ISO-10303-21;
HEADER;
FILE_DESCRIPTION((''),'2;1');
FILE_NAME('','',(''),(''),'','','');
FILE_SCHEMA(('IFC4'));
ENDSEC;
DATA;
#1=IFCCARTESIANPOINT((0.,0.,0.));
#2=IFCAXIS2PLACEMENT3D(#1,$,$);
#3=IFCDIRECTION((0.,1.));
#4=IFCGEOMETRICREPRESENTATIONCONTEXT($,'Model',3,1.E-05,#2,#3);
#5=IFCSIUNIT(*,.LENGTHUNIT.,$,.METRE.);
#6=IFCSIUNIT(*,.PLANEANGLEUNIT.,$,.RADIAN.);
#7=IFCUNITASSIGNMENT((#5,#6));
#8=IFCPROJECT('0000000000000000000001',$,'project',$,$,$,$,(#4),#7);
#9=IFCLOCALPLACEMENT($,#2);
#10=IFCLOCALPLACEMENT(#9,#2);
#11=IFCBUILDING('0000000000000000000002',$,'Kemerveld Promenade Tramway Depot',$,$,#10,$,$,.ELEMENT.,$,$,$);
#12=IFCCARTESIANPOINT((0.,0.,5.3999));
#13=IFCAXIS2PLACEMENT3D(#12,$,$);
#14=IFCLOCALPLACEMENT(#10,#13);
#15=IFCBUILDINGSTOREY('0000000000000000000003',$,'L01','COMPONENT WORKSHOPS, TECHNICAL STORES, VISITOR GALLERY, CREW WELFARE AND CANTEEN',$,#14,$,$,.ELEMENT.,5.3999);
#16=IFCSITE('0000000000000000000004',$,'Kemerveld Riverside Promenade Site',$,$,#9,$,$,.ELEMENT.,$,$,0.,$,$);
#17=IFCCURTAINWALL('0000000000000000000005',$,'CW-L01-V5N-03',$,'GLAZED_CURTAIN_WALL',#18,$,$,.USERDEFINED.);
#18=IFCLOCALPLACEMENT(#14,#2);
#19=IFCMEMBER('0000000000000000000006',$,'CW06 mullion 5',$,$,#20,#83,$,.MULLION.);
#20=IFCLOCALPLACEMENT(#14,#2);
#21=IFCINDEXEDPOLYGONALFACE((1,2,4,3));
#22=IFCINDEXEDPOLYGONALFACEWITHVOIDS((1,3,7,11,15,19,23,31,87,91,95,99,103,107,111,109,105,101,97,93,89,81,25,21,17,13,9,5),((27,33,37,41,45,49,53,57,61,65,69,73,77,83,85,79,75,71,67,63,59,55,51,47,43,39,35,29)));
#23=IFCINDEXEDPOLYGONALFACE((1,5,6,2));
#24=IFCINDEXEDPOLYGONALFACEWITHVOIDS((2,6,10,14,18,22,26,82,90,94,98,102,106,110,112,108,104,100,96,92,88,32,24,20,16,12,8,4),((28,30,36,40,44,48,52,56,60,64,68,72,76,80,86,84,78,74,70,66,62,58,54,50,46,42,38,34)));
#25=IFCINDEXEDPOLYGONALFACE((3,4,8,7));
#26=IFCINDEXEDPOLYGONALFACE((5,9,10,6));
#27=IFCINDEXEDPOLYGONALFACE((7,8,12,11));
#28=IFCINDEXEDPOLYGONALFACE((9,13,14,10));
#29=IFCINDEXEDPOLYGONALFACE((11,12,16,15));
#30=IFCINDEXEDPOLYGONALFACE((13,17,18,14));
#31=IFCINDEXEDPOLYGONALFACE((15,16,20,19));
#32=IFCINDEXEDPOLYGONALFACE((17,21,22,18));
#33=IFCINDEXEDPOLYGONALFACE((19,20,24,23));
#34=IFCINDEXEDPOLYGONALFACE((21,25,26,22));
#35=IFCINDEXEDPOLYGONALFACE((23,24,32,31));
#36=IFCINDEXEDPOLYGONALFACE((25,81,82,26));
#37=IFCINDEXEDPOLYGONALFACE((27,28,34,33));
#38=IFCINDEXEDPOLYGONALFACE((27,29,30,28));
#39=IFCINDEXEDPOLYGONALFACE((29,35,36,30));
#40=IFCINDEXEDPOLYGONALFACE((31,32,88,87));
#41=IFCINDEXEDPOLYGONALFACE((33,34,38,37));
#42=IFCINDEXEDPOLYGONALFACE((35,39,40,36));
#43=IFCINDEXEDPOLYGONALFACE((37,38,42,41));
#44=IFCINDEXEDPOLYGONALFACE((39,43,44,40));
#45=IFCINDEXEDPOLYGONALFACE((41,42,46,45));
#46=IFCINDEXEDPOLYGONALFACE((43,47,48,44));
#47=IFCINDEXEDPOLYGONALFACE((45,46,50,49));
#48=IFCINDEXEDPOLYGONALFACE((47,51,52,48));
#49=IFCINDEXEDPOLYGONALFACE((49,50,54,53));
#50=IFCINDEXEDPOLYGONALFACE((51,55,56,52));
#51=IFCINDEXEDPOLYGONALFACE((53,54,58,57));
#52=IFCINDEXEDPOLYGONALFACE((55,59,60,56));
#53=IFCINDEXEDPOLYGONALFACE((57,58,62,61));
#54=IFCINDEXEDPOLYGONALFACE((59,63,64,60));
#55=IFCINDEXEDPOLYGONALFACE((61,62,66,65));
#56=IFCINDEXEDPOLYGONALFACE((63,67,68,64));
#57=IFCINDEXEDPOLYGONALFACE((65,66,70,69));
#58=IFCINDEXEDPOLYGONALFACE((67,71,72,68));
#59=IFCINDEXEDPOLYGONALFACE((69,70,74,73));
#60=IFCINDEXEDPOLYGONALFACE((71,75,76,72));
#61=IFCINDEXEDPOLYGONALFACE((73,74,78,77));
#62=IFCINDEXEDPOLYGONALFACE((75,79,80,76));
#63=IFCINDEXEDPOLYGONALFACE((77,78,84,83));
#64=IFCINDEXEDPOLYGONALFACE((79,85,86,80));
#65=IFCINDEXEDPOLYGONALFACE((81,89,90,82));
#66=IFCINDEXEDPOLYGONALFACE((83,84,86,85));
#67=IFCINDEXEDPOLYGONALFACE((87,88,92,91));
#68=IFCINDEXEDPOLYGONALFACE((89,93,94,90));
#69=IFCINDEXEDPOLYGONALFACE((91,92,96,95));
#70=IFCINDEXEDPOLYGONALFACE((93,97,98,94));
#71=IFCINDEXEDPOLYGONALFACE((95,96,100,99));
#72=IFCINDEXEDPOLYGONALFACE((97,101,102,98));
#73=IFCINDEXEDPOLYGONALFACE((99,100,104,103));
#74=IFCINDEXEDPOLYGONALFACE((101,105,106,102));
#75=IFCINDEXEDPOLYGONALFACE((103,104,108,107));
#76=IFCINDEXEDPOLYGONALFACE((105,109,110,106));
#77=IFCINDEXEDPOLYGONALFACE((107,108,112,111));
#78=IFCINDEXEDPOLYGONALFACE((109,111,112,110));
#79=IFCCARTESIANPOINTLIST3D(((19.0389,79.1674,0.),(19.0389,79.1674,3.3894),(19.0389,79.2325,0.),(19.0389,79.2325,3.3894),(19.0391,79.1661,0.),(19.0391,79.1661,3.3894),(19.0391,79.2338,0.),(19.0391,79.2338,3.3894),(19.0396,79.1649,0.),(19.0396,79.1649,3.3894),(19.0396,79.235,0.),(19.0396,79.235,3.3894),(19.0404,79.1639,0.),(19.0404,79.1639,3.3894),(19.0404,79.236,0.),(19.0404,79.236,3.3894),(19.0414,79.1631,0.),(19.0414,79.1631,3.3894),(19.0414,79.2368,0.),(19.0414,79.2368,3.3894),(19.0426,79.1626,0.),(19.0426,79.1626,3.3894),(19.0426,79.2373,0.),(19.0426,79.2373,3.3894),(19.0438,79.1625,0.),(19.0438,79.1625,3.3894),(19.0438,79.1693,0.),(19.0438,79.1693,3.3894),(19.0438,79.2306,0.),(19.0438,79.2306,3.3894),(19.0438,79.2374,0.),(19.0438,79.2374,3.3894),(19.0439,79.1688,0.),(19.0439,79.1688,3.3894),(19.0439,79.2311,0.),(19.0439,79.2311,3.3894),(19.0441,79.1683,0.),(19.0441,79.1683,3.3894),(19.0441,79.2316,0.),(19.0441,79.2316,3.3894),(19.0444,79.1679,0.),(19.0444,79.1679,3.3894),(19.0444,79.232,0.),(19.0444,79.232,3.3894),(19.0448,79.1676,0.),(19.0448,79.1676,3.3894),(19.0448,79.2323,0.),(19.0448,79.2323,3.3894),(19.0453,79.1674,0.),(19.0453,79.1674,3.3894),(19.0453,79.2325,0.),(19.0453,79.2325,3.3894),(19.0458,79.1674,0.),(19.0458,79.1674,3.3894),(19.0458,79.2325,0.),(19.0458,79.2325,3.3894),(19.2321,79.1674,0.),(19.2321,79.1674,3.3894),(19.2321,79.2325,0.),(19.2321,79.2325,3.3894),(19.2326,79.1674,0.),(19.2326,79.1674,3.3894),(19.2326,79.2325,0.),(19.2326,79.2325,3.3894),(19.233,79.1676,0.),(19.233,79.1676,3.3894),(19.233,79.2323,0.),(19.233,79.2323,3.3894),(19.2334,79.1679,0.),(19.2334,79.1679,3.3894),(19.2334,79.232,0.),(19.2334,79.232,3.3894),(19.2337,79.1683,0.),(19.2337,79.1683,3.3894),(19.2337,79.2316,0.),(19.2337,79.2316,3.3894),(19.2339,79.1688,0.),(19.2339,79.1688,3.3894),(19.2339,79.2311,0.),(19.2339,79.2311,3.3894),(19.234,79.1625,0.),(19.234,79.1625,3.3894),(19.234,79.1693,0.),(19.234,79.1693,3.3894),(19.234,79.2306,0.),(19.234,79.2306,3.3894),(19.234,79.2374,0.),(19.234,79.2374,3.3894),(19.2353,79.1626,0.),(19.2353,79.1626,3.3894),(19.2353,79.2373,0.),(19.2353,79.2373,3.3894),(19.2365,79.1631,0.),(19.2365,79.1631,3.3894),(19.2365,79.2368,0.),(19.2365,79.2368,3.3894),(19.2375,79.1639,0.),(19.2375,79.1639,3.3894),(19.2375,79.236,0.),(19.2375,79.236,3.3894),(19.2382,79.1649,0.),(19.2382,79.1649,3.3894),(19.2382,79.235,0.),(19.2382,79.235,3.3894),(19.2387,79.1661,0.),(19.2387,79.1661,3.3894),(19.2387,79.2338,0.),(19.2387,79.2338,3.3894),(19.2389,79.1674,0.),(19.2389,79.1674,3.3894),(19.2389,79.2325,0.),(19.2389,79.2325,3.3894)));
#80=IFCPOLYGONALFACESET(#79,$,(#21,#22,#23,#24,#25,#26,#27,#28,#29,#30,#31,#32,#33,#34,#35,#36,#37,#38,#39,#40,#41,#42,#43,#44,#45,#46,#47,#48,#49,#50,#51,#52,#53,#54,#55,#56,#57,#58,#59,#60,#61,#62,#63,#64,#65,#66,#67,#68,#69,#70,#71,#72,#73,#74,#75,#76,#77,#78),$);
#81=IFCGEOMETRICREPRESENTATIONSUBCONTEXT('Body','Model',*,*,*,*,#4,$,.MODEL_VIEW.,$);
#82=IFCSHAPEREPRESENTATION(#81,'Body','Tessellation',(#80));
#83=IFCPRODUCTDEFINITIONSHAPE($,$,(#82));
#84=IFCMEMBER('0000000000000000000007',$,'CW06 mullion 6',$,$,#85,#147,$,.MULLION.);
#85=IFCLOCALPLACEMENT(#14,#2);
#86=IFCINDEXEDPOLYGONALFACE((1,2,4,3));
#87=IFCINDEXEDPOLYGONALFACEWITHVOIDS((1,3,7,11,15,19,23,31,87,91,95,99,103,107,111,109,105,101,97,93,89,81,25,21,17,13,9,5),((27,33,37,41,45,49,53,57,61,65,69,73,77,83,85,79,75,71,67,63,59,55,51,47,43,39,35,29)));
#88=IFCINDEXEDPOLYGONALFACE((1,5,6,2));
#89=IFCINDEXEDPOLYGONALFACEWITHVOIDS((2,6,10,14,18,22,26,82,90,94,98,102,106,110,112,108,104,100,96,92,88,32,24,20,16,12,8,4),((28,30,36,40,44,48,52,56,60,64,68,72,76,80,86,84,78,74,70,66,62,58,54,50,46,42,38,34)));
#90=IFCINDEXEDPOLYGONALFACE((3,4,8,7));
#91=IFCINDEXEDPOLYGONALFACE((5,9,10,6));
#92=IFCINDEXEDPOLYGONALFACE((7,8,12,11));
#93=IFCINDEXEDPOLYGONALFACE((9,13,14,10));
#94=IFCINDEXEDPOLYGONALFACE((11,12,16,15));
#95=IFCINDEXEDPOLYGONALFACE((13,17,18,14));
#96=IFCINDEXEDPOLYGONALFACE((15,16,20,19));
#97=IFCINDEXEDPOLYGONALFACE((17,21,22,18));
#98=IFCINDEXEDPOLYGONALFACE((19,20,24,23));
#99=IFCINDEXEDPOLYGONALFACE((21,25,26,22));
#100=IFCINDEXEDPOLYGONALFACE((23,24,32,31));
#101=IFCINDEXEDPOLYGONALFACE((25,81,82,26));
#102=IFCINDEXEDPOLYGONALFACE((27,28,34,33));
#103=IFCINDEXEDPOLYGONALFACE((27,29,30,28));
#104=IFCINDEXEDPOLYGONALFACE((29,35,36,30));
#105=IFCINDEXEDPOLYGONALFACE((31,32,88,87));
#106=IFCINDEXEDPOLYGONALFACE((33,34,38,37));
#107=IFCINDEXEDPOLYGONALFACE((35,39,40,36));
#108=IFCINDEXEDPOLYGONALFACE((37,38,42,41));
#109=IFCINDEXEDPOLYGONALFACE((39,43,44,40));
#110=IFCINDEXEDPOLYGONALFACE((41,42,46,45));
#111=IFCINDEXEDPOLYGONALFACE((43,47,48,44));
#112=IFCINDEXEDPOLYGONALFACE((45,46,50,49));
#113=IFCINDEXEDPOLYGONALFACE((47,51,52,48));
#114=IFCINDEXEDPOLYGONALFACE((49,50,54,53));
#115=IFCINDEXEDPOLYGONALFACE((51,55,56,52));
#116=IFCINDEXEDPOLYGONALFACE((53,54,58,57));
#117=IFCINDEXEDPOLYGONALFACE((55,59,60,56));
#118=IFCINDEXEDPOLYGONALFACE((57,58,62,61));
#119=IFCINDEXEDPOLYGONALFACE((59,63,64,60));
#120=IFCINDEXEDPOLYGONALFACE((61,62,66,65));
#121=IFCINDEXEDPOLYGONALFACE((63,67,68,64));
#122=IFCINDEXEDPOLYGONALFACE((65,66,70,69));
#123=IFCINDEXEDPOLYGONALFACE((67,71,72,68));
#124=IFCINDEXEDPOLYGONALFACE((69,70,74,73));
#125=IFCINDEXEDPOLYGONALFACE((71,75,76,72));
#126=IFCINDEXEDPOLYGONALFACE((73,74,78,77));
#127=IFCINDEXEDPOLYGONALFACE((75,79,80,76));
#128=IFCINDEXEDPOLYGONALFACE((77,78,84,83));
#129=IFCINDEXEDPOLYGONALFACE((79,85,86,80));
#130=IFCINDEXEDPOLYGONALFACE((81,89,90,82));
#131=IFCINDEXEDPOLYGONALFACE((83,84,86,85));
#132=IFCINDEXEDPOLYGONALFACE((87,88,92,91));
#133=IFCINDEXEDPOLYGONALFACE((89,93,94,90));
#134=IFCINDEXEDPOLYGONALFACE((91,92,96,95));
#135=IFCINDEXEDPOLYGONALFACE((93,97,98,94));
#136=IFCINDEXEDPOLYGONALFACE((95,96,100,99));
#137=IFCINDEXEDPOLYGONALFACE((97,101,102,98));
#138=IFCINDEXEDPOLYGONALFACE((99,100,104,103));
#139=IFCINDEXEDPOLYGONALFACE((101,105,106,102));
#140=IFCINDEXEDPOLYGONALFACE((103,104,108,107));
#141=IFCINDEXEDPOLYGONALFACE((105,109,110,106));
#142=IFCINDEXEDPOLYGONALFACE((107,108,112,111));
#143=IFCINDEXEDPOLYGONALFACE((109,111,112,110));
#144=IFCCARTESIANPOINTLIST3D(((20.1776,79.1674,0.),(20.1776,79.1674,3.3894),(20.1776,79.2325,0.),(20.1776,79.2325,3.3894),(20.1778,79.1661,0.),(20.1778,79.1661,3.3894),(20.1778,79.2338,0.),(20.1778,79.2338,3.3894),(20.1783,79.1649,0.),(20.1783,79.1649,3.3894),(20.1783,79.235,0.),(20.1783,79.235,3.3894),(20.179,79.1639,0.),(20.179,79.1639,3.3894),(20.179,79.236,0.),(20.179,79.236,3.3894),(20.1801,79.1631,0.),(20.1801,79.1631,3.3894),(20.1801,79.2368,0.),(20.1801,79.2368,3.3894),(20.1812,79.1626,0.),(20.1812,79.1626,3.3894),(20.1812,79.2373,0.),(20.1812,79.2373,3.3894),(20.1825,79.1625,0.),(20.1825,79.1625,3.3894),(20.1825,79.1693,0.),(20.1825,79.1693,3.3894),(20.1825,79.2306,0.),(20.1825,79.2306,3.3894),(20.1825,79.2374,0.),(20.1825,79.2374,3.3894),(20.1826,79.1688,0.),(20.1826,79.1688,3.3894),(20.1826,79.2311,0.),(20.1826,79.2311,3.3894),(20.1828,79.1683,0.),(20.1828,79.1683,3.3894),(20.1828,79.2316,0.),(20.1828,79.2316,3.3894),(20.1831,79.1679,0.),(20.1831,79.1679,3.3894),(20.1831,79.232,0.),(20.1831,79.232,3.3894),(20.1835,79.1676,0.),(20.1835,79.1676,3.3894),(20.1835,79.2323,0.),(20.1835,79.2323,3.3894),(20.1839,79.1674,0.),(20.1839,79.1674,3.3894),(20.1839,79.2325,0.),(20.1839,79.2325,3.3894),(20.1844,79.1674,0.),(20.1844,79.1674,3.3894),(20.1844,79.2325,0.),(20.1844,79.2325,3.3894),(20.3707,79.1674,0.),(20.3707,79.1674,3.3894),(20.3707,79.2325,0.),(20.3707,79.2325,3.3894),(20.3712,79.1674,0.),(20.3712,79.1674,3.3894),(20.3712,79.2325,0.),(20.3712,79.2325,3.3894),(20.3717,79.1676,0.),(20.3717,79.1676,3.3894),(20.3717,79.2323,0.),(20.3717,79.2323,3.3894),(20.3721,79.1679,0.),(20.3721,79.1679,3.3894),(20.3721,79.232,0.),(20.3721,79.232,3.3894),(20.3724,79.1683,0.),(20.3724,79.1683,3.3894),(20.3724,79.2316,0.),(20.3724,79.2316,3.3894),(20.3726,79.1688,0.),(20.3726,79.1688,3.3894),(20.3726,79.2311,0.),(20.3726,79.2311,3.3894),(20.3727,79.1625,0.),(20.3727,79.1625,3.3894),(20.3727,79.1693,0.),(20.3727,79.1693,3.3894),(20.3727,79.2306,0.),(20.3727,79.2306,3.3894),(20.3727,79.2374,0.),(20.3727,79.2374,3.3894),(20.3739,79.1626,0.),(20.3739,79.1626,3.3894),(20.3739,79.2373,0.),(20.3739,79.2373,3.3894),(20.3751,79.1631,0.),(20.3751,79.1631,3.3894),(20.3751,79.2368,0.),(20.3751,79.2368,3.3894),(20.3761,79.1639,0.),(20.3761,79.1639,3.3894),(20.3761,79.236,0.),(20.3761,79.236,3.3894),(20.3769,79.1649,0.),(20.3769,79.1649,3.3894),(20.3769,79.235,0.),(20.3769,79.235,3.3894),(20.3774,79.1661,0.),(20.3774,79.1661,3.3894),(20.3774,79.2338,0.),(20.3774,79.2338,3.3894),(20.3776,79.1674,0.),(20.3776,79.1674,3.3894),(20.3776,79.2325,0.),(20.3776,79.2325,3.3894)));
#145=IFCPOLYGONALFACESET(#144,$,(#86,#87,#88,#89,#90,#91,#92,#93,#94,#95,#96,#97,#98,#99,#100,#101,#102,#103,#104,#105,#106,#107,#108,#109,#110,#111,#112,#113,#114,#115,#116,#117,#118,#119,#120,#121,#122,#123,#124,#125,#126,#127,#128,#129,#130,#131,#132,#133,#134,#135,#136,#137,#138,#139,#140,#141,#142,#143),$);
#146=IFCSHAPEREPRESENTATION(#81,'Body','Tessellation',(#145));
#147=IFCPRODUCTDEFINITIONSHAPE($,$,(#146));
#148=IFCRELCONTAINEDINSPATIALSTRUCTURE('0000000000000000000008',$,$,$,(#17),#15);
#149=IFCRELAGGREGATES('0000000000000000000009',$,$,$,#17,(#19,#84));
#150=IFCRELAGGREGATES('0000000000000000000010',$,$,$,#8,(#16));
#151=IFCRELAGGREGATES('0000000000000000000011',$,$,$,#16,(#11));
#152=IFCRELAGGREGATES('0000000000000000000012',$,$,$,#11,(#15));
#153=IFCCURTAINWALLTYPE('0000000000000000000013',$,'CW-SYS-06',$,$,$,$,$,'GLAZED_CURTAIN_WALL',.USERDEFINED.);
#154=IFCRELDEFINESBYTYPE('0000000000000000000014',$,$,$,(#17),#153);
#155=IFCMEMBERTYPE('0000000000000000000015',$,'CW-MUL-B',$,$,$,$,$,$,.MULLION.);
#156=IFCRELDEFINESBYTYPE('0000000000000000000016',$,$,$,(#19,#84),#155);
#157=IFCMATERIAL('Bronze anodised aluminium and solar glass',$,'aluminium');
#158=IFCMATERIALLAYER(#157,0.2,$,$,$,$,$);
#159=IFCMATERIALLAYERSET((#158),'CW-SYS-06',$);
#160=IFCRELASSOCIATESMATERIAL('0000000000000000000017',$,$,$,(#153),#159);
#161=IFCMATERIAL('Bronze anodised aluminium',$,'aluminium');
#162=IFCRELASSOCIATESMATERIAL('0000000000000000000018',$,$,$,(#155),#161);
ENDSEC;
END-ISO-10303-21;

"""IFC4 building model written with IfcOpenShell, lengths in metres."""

from ifc_helpers import new_model, si_unit, direction, frame, origin, origin_2d, place, context, subcontext, project, spatial, hollow_rectangle, extrude, material, layer, layer_set, material_profile, profile_set, type_object, element, aggregate, save


model = new_model("IFC4")

# Units and contexts
model_context = context("Model", 3, precision=1e-05, world=origin(), true_north=direction((0.0, 1.0)))
body_context = subcontext(model_context, "Body", "Model", "MODEL_VIEW")
ifc_project = project(units=[si_unit("LENGTHUNIT", "METRE"), si_unit("PLANEANGLEUNIT", "RADIAN")], contexts=[model_context])

# Site, building, storey
site_placement = place(None, origin())
site = spatial("IfcSite", under=ifc_project, at=site_placement, Name="Kemerveld Riverside Promenade Site", CompositionType="ELEMENT", RefElevation=0.0)
building_placement = place(site_placement, origin())
building = spatial("IfcBuilding", under=site, at=building_placement, Name="Kemerveld Promenade Tramway Depot", CompositionType="ELEMENT")
storey_placement = place(building_placement, frame((0.0, 0.0, 5.3999)))
storey = spatial("IfcBuildingStorey", under=building, at=storey_placement, Name="L01", Description="COMPONENT WORKSHOPS, TECHNICAL STORES, VISITOR GALLERY, CREW WELFARE AND CANTEEN", CompositionType="ELEMENT", Elevation=5.3999)

# Curtain wall, members
ifc_material_1 = material(Name="Bronze anodised aluminium and solar glass", Category="aluminium")
ifc_layer_1 = layer(ifc_material_1, 0.2)
ifc_layer_set_1 = layer_set([ifc_layer_1], Name="CW-SYS-06")
curtain_wall_type = type_object("IfcCurtainWallType", Name="CW-SYS-06", ElementType="GLAZED_CURTAIN_WALL", PredefinedType="USERDEFINED", material=ifc_layer_set_1)
curtain_wall_placement = place(storey_placement, origin())
curtain_wall = element("IfcCurtainWall", 1, at=curtain_wall_placement, inside=storey, type_object=curtain_wall_type, Name="CW-L01-V5N-03", ObjectType="GLAZED_CURTAIN_WALL", PredefinedType="USERDEFINED")
ifc_material_2 = material(Name="Bronze anodised aluminium", Category="aluminium")
ifc_material_profile_1 = material_profile(ifc_material_2, hollow_rectangle(XDim=0.075, YDim=0.2, WallThickness=0.0049, InnerFilletRadius=0.002, OuterFilletRadius=0.0049, at=origin_2d()), Name="CW-MUL-200x75")
ifc_profile_set_1 = profile_set([ifc_material_profile_1], Name="Bronze anodised aluminium")
member_type_1 = type_object("IfcMemberType", Name="CW-MUL-B", PredefinedType="MULLION", material=ifc_profile_set_1)
member_1_placement = place(storey_placement, frame((19.1389, 79.2, 0.0), z_axis=(0.0, 0.0, 1.0), x_axis=(0.0, 1.0, 0.0)))
member_1 = element("IfcMember", 2, at=member_1_placement, type_object=member_type_1, Name="CW06 mullion 5", PredefinedType="MULLION", context=body_context, shape_type="SweptSolid", body=[
    extrude(hollow_rectangle(XDim=0.075, YDim=0.2, WallThickness=0.0049, InnerFilletRadius=0.002, OuterFilletRadius=0.0049, at=origin_2d()), origin(), (0.0, 0.0, 1.0), 3.3894),
])
member_2_placement = place(storey_placement, frame((20.2776, 79.2, 0.0), z_axis=(0.0, 0.0, 1.0), x_axis=(0.0, 1.0, 0.0)))
member_2 = element("IfcMember", 3, at=member_2_placement, type_object=member_type_1, Name="CW06 mullion 6", PredefinedType="MULLION", context=body_context, shape_type="SweptSolid", body=[
    extrude(hollow_rectangle(XDim=0.075, YDim=0.2, WallThickness=0.0049, InnerFilletRadius=0.002, OuterFilletRadius=0.0049, at=origin_2d()), origin(), (0.0, 0.0, 1.0), 3.3894),
])
aggregate(curtain_wall, [member_1, member_2])

save(model, "model.ifc")
